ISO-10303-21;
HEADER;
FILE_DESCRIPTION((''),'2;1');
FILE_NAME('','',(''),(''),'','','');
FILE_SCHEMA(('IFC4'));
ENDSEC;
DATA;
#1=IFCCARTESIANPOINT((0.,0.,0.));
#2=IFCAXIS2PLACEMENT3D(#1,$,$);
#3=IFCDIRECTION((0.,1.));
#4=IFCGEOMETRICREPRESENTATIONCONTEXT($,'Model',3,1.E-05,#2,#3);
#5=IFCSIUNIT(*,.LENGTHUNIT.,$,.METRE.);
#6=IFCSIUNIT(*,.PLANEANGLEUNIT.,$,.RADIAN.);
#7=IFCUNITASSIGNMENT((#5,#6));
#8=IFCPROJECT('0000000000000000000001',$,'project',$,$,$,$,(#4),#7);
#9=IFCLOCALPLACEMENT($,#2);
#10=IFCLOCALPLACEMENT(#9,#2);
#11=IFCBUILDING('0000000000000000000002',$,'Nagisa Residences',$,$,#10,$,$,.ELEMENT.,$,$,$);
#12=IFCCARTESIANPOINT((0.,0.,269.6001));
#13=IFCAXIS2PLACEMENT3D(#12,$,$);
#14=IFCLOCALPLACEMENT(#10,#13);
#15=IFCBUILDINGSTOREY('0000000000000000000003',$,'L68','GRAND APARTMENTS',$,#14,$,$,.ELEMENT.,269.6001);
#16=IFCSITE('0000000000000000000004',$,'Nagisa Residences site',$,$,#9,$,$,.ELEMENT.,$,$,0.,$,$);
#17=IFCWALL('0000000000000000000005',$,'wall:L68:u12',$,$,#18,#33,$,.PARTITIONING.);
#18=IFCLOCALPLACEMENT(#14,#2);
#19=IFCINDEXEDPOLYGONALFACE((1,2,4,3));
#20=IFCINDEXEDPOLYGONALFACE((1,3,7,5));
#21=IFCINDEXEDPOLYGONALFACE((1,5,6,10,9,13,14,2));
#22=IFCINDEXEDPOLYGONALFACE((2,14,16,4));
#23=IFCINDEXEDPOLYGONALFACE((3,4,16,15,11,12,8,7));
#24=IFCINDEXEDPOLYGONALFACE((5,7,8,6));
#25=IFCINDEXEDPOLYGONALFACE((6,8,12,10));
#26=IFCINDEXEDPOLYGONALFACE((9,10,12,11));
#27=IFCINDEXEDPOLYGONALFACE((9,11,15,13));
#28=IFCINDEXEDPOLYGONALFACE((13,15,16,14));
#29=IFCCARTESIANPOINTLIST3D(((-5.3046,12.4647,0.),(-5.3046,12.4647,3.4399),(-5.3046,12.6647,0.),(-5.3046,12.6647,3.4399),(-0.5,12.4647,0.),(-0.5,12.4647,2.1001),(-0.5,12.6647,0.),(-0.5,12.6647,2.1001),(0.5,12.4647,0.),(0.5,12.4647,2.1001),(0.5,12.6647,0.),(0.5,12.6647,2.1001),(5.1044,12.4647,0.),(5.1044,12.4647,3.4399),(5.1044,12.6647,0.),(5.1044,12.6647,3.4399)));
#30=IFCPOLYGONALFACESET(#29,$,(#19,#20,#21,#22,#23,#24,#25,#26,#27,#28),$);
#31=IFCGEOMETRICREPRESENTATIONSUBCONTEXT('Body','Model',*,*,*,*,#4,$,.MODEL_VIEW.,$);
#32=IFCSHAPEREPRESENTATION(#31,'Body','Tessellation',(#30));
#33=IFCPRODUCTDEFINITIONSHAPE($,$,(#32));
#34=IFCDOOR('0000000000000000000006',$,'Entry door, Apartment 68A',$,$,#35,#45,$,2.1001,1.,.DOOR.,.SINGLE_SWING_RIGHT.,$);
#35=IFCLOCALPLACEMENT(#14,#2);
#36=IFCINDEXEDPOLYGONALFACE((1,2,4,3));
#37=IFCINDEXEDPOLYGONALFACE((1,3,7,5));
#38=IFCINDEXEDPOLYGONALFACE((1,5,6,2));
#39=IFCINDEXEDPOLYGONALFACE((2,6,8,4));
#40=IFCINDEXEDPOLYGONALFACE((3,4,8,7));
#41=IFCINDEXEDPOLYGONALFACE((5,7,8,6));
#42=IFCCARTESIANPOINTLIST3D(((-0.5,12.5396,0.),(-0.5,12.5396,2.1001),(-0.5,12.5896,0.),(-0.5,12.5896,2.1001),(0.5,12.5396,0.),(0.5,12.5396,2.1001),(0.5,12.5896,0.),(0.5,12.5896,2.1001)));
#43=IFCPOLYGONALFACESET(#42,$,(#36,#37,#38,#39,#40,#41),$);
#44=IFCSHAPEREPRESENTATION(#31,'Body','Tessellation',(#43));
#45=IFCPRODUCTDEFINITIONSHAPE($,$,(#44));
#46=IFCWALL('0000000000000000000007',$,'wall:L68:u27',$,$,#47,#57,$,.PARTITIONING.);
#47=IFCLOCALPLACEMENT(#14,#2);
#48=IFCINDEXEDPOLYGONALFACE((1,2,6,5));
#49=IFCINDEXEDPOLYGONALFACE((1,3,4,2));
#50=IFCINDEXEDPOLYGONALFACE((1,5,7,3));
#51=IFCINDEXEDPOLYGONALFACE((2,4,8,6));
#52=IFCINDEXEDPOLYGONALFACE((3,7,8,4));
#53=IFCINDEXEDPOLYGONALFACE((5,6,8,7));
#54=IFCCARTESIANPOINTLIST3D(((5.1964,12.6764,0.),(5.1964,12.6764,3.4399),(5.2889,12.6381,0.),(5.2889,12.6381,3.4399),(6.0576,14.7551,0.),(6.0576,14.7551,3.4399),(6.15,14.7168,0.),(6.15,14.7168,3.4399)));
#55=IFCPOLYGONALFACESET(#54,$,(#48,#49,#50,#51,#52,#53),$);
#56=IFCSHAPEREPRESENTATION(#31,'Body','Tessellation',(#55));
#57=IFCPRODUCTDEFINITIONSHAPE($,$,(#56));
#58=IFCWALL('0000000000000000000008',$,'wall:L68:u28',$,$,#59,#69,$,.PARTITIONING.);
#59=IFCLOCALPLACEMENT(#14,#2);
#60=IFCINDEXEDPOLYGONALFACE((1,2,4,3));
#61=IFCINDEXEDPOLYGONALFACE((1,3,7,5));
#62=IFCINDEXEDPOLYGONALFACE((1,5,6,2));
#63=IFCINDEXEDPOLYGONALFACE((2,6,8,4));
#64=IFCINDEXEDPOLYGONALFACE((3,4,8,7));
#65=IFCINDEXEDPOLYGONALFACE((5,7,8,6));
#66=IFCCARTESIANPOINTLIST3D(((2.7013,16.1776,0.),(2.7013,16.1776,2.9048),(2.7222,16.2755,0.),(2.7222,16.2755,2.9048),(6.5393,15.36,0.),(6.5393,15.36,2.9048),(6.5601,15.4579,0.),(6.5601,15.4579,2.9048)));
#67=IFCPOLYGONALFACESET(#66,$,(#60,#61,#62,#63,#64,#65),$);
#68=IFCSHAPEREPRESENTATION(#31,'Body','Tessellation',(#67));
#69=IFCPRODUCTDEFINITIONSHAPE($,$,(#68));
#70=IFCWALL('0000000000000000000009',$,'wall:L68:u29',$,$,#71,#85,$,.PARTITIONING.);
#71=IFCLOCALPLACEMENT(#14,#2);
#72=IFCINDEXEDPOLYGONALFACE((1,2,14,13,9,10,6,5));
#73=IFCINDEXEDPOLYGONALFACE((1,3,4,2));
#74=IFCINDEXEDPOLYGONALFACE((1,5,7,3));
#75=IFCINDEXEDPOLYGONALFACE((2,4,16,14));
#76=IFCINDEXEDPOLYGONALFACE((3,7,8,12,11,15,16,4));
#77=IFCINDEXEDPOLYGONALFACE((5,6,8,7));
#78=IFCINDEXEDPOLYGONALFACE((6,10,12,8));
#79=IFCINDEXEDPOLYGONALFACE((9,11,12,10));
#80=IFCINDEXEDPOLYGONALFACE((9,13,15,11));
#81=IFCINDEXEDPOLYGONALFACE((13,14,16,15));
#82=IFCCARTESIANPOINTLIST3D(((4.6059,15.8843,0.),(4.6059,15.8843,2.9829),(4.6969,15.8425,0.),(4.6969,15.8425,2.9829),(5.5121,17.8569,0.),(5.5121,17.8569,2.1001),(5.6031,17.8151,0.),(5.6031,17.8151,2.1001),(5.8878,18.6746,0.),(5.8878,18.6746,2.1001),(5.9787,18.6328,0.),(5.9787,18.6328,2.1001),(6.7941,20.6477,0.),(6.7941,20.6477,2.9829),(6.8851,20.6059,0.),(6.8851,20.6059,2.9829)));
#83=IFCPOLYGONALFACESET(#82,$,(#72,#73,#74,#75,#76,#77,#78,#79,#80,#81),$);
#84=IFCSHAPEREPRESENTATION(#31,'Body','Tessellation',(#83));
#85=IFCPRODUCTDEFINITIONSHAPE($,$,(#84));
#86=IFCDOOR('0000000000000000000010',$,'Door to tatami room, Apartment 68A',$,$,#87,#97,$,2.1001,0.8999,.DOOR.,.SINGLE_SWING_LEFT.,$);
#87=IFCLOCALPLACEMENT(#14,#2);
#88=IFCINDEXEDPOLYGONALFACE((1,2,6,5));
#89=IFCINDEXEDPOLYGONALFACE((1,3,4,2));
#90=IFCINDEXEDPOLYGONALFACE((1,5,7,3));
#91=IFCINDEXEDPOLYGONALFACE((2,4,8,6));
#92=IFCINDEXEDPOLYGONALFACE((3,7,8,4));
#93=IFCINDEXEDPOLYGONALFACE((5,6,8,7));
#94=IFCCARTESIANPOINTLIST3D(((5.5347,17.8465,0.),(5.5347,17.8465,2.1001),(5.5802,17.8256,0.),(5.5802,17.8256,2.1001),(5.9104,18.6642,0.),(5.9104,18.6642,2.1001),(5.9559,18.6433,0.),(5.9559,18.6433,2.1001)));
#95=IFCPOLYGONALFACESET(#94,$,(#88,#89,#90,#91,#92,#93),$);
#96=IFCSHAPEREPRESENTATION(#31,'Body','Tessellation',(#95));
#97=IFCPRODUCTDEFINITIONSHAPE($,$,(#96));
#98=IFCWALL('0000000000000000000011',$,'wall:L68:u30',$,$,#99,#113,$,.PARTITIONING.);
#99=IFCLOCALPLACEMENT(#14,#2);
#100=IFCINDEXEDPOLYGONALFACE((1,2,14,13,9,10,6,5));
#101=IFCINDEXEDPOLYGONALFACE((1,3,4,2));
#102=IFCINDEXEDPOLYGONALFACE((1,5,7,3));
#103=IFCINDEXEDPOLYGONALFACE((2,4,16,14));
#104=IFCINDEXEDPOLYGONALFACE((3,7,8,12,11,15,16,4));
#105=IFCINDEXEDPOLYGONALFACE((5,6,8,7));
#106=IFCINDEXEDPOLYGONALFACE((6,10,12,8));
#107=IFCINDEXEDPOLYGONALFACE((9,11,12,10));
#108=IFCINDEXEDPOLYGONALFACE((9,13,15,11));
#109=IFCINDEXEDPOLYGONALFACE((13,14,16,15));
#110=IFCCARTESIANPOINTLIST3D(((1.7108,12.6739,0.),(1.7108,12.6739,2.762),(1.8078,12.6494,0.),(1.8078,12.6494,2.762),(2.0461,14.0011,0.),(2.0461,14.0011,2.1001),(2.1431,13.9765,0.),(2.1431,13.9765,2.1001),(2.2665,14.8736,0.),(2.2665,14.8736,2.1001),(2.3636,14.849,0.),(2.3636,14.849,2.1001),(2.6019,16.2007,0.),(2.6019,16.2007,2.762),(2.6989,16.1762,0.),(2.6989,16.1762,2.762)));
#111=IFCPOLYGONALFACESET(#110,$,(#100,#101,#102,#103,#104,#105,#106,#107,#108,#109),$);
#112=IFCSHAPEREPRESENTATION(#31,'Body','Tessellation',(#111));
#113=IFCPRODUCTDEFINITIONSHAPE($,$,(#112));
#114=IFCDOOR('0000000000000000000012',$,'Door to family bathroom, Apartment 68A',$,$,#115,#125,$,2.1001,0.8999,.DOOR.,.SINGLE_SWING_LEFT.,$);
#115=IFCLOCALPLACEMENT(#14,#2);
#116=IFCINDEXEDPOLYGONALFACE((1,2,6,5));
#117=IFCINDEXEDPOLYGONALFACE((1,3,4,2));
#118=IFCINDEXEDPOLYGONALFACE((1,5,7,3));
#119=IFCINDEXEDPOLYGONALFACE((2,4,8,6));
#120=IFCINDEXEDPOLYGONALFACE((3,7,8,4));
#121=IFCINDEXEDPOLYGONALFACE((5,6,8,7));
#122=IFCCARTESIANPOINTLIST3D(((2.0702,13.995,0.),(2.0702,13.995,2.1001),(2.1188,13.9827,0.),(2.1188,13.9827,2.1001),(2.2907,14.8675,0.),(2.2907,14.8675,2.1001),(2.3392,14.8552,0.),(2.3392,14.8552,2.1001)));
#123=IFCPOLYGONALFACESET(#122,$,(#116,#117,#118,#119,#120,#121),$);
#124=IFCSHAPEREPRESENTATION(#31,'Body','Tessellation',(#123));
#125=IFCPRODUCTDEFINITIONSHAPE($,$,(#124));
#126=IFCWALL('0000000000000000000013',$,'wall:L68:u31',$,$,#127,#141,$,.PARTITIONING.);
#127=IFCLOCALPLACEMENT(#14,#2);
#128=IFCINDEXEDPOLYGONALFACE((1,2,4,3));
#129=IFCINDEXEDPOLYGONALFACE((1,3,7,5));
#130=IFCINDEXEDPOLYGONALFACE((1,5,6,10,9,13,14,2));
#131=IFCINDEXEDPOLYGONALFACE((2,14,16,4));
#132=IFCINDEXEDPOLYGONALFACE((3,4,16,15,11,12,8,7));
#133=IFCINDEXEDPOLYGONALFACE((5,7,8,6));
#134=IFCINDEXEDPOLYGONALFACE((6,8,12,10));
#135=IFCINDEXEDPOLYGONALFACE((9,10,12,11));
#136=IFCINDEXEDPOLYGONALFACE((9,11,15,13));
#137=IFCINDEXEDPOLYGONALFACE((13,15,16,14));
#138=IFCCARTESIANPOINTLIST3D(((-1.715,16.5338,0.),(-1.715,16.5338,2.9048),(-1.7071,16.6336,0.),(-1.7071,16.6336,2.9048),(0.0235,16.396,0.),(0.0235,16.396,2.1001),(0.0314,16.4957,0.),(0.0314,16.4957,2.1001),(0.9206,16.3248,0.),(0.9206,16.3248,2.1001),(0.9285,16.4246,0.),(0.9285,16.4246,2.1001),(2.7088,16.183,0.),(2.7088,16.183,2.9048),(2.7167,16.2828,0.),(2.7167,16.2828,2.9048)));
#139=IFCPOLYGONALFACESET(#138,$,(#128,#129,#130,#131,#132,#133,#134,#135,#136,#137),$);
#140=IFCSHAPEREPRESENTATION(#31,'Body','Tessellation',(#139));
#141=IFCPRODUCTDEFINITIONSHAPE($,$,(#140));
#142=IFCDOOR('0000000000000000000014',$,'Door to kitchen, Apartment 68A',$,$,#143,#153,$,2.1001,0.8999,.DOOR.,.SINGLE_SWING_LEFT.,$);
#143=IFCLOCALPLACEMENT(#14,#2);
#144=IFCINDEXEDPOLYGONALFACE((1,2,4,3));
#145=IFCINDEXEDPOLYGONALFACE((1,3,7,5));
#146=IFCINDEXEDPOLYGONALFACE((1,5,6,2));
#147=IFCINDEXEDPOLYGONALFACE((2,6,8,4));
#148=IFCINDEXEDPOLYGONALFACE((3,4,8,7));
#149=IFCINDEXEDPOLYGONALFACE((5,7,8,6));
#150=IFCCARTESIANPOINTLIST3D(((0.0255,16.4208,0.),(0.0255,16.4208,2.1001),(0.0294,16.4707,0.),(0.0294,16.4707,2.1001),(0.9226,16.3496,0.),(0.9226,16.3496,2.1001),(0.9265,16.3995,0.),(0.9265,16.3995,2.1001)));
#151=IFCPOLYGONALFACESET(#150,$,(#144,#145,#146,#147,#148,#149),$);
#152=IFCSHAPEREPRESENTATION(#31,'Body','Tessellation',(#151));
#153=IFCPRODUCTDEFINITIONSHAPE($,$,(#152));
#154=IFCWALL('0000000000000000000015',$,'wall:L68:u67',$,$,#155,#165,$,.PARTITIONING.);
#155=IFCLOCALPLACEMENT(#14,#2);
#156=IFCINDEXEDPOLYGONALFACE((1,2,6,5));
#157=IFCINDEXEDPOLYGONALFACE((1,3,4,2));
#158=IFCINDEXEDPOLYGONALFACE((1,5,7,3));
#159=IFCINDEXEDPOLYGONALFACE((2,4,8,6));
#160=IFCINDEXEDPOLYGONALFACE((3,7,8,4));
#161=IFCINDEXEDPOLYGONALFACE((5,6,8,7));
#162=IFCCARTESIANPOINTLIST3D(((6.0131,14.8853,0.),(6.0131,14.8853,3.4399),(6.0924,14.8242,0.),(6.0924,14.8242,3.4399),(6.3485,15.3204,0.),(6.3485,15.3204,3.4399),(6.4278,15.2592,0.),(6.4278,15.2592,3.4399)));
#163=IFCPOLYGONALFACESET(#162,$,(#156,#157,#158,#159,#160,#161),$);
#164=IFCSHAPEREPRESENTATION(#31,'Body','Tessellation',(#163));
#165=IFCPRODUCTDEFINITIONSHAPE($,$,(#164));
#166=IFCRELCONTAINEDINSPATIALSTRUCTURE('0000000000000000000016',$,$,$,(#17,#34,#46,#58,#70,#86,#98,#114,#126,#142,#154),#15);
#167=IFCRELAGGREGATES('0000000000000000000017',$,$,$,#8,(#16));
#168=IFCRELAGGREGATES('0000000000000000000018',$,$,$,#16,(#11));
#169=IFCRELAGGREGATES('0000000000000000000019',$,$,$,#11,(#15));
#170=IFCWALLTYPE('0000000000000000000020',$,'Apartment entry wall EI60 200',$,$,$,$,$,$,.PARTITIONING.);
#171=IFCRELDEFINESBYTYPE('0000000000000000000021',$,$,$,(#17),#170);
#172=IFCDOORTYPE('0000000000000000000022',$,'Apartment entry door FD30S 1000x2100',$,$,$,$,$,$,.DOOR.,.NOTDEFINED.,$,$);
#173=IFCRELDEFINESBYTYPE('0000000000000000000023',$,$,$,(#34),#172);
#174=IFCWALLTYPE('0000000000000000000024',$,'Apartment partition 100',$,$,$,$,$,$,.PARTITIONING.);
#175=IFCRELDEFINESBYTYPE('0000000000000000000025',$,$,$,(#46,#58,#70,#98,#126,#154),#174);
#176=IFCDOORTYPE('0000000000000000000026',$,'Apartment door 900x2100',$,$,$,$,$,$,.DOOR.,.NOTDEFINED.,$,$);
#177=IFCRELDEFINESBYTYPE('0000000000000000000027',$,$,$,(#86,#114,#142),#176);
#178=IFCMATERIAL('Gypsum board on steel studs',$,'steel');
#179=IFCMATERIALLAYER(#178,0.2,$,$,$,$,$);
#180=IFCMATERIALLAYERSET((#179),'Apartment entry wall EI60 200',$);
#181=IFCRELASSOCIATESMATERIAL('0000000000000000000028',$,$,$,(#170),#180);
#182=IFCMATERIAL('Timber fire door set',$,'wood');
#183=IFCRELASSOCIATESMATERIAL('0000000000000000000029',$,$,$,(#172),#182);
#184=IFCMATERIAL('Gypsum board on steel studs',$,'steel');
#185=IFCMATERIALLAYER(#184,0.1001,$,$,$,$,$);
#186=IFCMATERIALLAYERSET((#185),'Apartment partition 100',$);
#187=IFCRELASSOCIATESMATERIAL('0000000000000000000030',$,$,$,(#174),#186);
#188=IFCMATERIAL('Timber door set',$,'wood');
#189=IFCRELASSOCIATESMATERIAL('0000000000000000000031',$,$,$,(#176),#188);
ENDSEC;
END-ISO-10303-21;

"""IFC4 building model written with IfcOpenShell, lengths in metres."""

from ifc_helpers import new_model, si_unit, direction, frame, frame_2d, origin, place, context, subcontext, project, spatial, rectangle, extrude, material, layer, layer_set, type_object, element, fill, save


model = new_model("IFC4")

# Units and contexts
model_context = context("Model", 3, precision=1e-05, world=origin(), true_north=direction((0.0, 1.0)))
body_context = subcontext(model_context, "Body", "Model", "MODEL_VIEW")
ifc_project = project(units=[si_unit("LENGTHUNIT", "METRE"), si_unit("PLANEANGLEUNIT", "RADIAN")], contexts=[model_context])

# Site, building, storey
site_placement = place(None, origin())
site = spatial("IfcSite", under=ifc_project, at=site_placement, Name="Nagisa Residences site", CompositionType="ELEMENT", RefElevation=0.0)
building_placement = place(site_placement, origin())
building = spatial("IfcBuilding", under=site, at=building_placement, Name="Nagisa Residences", CompositionType="ELEMENT")
storey_placement = place(building_placement, frame((0.0, 0.0, 269.6001)))
storey = spatial("IfcBuildingStorey", under=building, at=storey_placement, Name="L68", Description="GRAND APARTMENTS", CompositionType="ELEMENT", Elevation=269.6001)

# Wall, opening, door
ifc_material_1 = material(Name="Gypsum board on steel studs", Category="steel")
ifc_layer_1 = layer(ifc_material_1, 0.2)
ifc_layer_set_1 = layer_set([ifc_layer_1], Name="Apartment entry wall EI60 200")
wall_type_1 = type_object("IfcWallType", Name="Apartment entry wall EI60 200", PredefinedType="PARTITIONING", material=ifc_layer_set_1)
wall_1_placement = place(storey_placement, frame((5.1045, 12.5647, 0.0), z_axis=(0.0, 0.0, 1.0), x_axis=(-1.0, 0.0, 0.0)))
wall_1 = element("IfcWall", 1, at=wall_1_placement, inside=storey, type_object=wall_type_1, Name="wall:L68:u12", PredefinedType="PARTITIONING", context=body_context, shape_type="SweptSolid", body=[
    extrude(rectangle(XDim=10.4089, YDim=0.2, at=frame_2d((5.2046, 0.0))), origin(), (0.0, 0.0, 1.0), 3.4399),
])
opening_1_placement = place(wall_1_placement, frame((4.6045, 0.0, 0.0)))
opening_1 = element("IfcOpeningElement", 2, at=opening_1_placement, cuts=wall_1, PredefinedType="OPENING", context=body_context, shape_type="SweptSolid", body=[
    extrude(rectangle(XDim=1.0, YDim=2.1001, at=frame_2d((0.5, 1.05))), frame((0.0, 0.1099, 0.0), z_axis=(0.0, -1.0, 0.0), x_axis=(1.0, 0.0, 0.0)), (0.0, 0.0, 1.0), 0.22),
])
ifc_material_2 = material(Name="Timber fire door set", Category="wood")
door_type_1 = type_object("IfcDoorType", Name="Apartment entry door FD30S 1000x2100", OperationType="NOTDEFINED", PredefinedType="DOOR", material=ifc_material_2)
door_1_placement = place(opening_1_placement, frame((1.0, 0.0, 0.0), x_axis=(-1.0, 0.0, 0.0)))
door_1 = element("IfcDoor", 3, at=door_1_placement, inside=storey, type_object=door_type_1, Name="Entry door, Apartment 68A", OperationType="SINGLE_SWING_RIGHT", OverallHeight=2.1001, OverallWidth=1.0, PredefinedType="DOOR", context=body_context, shape_type="SweptSolid", body=[
    extrude(rectangle(XDim=1.0, YDim=2.1001, at=frame_2d((0.5, 1.05))), frame((0.0, 0.0249, 0.0), z_axis=(0.0, -1.0, 0.0), x_axis=(1.0, 0.0, 0.0)), (0.0, 0.0, 1.0), 0.05),
])
fill(opening_1, door_1)

# Walls
ifc_material_3 = material(Name="Gypsum board on steel studs", Category="steel")
ifc_layer_2 = layer(ifc_material_3, 0.1001)
ifc_layer_set_2 = layer_set([ifc_layer_2], Name="Apartment partition 100")
wall_type_2 = type_object("IfcWallType", Name="Apartment partition 100", PredefinedType="PARTITIONING", material=ifc_layer_set_2)
wall_2_placement = place(storey_placement, frame((5.2427, 12.6572, 0.0), z_axis=(0.0, 0.0, 1.0), x_axis=(0.382719, 0.923865, 0.0)))
element("IfcWall", 4, at=wall_2_placement, inside=storey, type_object=wall_type_2, Name="wall:L68:u27", PredefinedType="PARTITIONING", context=body_context, shape_type="SweptSolid", body=[
    extrude(rectangle(XDim=2.25, YDim=0.1001, at=frame_2d((1.125, 0.0))), origin(), (0.0, 0.0, 1.0), 3.4399),
])
wall_3_placement = place(storey_placement, frame((6.5496, 15.4089, 0.0), z_axis=(0.0, 0.0, 1.0), x_axis=(-0.978051, 0.208365, 0.0)))
element("IfcWall", 5, at=wall_3_placement, inside=storey, type_object=wall_type_2, Name="wall:L68:u28", PredefinedType="PARTITIONING", context=body_context, shape_type="SweptSolid", body=[
    extrude(rectangle(XDim=3.9241, YDim=0.1001, at=frame_2d((1.9619, 0.0))), origin(), (0.0, 0.0, 1.0), 2.9048),
])

# Walls, openings, doors
wall_4_placement = place(storey_placement, frame((4.6514, 15.8633, 0.0), z_axis=(0.0, 0.0, 1.0), x_axis=(0.417442, 0.908704, 0.0)))
wall_4 = element("IfcWall", 6, at=wall_4_placement, inside=storey, type_object=wall_type_2, Name="wall:L68:u29", PredefinedType="PARTITIONING", context=body_context, shape_type="SweptSolid", body=[
    extrude(rectangle(XDim=5.2419, YDim=0.1001, at=frame_2d((2.6211, 0.0))), origin(), (0.0, 0.0, 1.0), 2.9829),
])
opening_2_placement = place(wall_4_placement, frame((2.1709, 0.0, 0.0)))
opening_2 = element("IfcOpeningElement", 7, at=opening_2_placement, cuts=wall_4, PredefinedType="OPENING", context=body_context, shape_type="SweptSolid", body=[
    extrude(rectangle(XDim=0.8999, YDim=2.1001, at=frame_2d((0.45, 1.05))), frame((0.0, 0.0601, 0.0), z_axis=(0.0, -1.0, 0.0), x_axis=(1.0, 0.0, 0.0)), (0.0, 0.0, 1.0), 0.1201),
])
ifc_material_4 = material(Name="Timber door set", Category="wood")
door_type_2 = type_object("IfcDoorType", Name="Apartment door 900x2100", OperationType="NOTDEFINED", PredefinedType="DOOR", material=ifc_material_4)
door_2_placement = place(opening_2_placement, frame((0.8999, 0.0, 0.0), x_axis=(-1.0, 0.0, 0.0)))
door_2 = element("IfcDoor", 8, at=door_2_placement, inside=storey, type_object=door_type_2, Name="Door to tatami room, Apartment 68A", OperationType="SINGLE_SWING_LEFT", OverallHeight=2.1001, OverallWidth=0.8999, PredefinedType="DOOR", context=body_context, shape_type="SweptSolid", body=[
    extrude(rectangle(XDim=0.8999, YDim=2.1001, at=frame_2d((0.45, 1.05))), frame((0.0, 0.0249, 0.0), z_axis=(0.0, -1.0, 0.0), x_axis=(1.0, 0.0, 0.0)), (0.0, 0.0, 1.0), 0.05),
])
fill(opening_2, door_2)
wall_5_placement = place(storey_placement, frame((1.7593, 12.6616, 0.0), z_axis=(0.0, 0.0, 1.0), x_axis=(0.244967, 0.969531, 0.0)))
wall_5 = element("IfcWall", 9, at=wall_5_placement, inside=storey, type_object=wall_type_2, Name="wall:L68:u30", PredefinedType="PARTITIONING", context=body_context, shape_type="SweptSolid", body=[
    extrude(rectangle(XDim=3.6377, YDim=0.1001, at=frame_2d((1.8188, 0.0))), origin(), (0.0, 0.0, 1.0), 2.762),
])
opening_3_placement = place(wall_5_placement, frame((1.3689, 0.0, 0.0)))
opening_3 = element("IfcOpeningElement", 10, at=opening_3_placement, cuts=wall_5, PredefinedType="OPENING", context=body_context, shape_type="SweptSolid", body=[
    extrude(rectangle(XDim=0.8999, YDim=2.1001, at=frame_2d((0.45, 1.05))), frame((0.0, 0.0601, 0.0), z_axis=(0.0, -1.0, 0.0), x_axis=(1.0, 0.0, 0.0)), (0.0, 0.0, 1.0), 0.1201),
])
door_3_placement = place(opening_3_placement, frame((0.8999, 0.0, 0.0), x_axis=(-1.0, 0.0, 0.0)))
door_3 = element("IfcDoor", 11, at=door_3_placement, inside=storey, type_object=door_type_2, Name="Door to family bathroom, Apartment 68A", OperationType="SINGLE_SWING_LEFT", OverallHeight=2.1001, OverallWidth=0.8999, PredefinedType="DOOR", context=body_context, shape_type="SweptSolid", body=[
    extrude(rectangle(XDim=0.8999, YDim=2.1001, at=frame_2d((0.45, 1.05))), frame((0.0, 0.0249, 0.0), z_axis=(0.0, -1.0, 0.0), x_axis=(1.0, 0.0, 0.0)), (0.0, 0.0, 1.0), 0.05),
])
fill(opening_3, door_3)
wall_6_placement = place(storey_placement, frame((2.7126, 16.2329, 0.0), z_axis=(0.0, 0.0, 1.0), x_axis=(-0.99687, 0.079056, 0.0)))
wall_6 = element("IfcWall", 12, at=wall_6_placement, inside=storey, type_object=wall_type_2, Name="wall:L68:u31", PredefinedType="PARTITIONING", context=body_context, shape_type="SweptSolid", body=[
    extrude(rectangle(XDim=4.4377, YDim=0.1001, at=frame_2d((2.2188, 0.0))), origin(), (0.0, 0.0, 1.0), 2.9048),
])
opening_4_placement = place(wall_6_placement, frame((1.7937, 0.0, 0.0)))
opening_4 = element("IfcOpeningElement", 13, at=opening_4_placement, cuts=wall_6, PredefinedType="OPENING", context=body_context, shape_type="SweptSolid", body=[
    extrude(rectangle(XDim=0.8999, YDim=2.1001, at=frame_2d((0.45, 1.05))), frame((0.0, 0.0601, 0.0), z_axis=(0.0, -1.0, 0.0), x_axis=(1.0, 0.0, 0.0)), (0.0, 0.0, 1.0), 0.1201),
])
door_4_placement = place(opening_4_placement, frame((0.8999, 0.0, 0.0), x_axis=(-1.0, 0.0, 0.0)))
door_4 = element("IfcDoor", 14, at=door_4_placement, inside=storey, type_object=door_type_2, Name="Door to kitchen, Apartment 68A", OperationType="SINGLE_SWING_LEFT", OverallHeight=2.1001, OverallWidth=0.8999, PredefinedType="DOOR", context=body_context, shape_type="SweptSolid", body=[
    extrude(rectangle(XDim=0.8999, YDim=2.1001, at=frame_2d((0.45, 1.05))), frame((0.0, 0.0249, 0.0), z_axis=(0.0, -1.0, 0.0), x_axis=(1.0, 0.0, 0.0)), (0.0, 0.0, 1.0), 0.05),
])
fill(opening_4, door_4)

# Wall
wall_7_placement = place(storey_placement, frame((6.3882, 15.2898, 0.0), z_axis=(0.0, 0.0, 1.0), x_axis=(-0.610612, -0.79193, 0.0)))
element("IfcWall", 15, at=wall_7_placement, inside=storey, type_object=wall_type_2, Name="wall:L68:u67", PredefinedType="PARTITIONING", context=body_context, shape_type="SweptSolid", body=[
    extrude(rectangle(XDim=0.5493, YDim=0.1001, at=frame_2d((0.2747, 0.0))), origin(), (0.0, 0.0, 1.0), 3.4399),
])

save(model, "model.ifc")
